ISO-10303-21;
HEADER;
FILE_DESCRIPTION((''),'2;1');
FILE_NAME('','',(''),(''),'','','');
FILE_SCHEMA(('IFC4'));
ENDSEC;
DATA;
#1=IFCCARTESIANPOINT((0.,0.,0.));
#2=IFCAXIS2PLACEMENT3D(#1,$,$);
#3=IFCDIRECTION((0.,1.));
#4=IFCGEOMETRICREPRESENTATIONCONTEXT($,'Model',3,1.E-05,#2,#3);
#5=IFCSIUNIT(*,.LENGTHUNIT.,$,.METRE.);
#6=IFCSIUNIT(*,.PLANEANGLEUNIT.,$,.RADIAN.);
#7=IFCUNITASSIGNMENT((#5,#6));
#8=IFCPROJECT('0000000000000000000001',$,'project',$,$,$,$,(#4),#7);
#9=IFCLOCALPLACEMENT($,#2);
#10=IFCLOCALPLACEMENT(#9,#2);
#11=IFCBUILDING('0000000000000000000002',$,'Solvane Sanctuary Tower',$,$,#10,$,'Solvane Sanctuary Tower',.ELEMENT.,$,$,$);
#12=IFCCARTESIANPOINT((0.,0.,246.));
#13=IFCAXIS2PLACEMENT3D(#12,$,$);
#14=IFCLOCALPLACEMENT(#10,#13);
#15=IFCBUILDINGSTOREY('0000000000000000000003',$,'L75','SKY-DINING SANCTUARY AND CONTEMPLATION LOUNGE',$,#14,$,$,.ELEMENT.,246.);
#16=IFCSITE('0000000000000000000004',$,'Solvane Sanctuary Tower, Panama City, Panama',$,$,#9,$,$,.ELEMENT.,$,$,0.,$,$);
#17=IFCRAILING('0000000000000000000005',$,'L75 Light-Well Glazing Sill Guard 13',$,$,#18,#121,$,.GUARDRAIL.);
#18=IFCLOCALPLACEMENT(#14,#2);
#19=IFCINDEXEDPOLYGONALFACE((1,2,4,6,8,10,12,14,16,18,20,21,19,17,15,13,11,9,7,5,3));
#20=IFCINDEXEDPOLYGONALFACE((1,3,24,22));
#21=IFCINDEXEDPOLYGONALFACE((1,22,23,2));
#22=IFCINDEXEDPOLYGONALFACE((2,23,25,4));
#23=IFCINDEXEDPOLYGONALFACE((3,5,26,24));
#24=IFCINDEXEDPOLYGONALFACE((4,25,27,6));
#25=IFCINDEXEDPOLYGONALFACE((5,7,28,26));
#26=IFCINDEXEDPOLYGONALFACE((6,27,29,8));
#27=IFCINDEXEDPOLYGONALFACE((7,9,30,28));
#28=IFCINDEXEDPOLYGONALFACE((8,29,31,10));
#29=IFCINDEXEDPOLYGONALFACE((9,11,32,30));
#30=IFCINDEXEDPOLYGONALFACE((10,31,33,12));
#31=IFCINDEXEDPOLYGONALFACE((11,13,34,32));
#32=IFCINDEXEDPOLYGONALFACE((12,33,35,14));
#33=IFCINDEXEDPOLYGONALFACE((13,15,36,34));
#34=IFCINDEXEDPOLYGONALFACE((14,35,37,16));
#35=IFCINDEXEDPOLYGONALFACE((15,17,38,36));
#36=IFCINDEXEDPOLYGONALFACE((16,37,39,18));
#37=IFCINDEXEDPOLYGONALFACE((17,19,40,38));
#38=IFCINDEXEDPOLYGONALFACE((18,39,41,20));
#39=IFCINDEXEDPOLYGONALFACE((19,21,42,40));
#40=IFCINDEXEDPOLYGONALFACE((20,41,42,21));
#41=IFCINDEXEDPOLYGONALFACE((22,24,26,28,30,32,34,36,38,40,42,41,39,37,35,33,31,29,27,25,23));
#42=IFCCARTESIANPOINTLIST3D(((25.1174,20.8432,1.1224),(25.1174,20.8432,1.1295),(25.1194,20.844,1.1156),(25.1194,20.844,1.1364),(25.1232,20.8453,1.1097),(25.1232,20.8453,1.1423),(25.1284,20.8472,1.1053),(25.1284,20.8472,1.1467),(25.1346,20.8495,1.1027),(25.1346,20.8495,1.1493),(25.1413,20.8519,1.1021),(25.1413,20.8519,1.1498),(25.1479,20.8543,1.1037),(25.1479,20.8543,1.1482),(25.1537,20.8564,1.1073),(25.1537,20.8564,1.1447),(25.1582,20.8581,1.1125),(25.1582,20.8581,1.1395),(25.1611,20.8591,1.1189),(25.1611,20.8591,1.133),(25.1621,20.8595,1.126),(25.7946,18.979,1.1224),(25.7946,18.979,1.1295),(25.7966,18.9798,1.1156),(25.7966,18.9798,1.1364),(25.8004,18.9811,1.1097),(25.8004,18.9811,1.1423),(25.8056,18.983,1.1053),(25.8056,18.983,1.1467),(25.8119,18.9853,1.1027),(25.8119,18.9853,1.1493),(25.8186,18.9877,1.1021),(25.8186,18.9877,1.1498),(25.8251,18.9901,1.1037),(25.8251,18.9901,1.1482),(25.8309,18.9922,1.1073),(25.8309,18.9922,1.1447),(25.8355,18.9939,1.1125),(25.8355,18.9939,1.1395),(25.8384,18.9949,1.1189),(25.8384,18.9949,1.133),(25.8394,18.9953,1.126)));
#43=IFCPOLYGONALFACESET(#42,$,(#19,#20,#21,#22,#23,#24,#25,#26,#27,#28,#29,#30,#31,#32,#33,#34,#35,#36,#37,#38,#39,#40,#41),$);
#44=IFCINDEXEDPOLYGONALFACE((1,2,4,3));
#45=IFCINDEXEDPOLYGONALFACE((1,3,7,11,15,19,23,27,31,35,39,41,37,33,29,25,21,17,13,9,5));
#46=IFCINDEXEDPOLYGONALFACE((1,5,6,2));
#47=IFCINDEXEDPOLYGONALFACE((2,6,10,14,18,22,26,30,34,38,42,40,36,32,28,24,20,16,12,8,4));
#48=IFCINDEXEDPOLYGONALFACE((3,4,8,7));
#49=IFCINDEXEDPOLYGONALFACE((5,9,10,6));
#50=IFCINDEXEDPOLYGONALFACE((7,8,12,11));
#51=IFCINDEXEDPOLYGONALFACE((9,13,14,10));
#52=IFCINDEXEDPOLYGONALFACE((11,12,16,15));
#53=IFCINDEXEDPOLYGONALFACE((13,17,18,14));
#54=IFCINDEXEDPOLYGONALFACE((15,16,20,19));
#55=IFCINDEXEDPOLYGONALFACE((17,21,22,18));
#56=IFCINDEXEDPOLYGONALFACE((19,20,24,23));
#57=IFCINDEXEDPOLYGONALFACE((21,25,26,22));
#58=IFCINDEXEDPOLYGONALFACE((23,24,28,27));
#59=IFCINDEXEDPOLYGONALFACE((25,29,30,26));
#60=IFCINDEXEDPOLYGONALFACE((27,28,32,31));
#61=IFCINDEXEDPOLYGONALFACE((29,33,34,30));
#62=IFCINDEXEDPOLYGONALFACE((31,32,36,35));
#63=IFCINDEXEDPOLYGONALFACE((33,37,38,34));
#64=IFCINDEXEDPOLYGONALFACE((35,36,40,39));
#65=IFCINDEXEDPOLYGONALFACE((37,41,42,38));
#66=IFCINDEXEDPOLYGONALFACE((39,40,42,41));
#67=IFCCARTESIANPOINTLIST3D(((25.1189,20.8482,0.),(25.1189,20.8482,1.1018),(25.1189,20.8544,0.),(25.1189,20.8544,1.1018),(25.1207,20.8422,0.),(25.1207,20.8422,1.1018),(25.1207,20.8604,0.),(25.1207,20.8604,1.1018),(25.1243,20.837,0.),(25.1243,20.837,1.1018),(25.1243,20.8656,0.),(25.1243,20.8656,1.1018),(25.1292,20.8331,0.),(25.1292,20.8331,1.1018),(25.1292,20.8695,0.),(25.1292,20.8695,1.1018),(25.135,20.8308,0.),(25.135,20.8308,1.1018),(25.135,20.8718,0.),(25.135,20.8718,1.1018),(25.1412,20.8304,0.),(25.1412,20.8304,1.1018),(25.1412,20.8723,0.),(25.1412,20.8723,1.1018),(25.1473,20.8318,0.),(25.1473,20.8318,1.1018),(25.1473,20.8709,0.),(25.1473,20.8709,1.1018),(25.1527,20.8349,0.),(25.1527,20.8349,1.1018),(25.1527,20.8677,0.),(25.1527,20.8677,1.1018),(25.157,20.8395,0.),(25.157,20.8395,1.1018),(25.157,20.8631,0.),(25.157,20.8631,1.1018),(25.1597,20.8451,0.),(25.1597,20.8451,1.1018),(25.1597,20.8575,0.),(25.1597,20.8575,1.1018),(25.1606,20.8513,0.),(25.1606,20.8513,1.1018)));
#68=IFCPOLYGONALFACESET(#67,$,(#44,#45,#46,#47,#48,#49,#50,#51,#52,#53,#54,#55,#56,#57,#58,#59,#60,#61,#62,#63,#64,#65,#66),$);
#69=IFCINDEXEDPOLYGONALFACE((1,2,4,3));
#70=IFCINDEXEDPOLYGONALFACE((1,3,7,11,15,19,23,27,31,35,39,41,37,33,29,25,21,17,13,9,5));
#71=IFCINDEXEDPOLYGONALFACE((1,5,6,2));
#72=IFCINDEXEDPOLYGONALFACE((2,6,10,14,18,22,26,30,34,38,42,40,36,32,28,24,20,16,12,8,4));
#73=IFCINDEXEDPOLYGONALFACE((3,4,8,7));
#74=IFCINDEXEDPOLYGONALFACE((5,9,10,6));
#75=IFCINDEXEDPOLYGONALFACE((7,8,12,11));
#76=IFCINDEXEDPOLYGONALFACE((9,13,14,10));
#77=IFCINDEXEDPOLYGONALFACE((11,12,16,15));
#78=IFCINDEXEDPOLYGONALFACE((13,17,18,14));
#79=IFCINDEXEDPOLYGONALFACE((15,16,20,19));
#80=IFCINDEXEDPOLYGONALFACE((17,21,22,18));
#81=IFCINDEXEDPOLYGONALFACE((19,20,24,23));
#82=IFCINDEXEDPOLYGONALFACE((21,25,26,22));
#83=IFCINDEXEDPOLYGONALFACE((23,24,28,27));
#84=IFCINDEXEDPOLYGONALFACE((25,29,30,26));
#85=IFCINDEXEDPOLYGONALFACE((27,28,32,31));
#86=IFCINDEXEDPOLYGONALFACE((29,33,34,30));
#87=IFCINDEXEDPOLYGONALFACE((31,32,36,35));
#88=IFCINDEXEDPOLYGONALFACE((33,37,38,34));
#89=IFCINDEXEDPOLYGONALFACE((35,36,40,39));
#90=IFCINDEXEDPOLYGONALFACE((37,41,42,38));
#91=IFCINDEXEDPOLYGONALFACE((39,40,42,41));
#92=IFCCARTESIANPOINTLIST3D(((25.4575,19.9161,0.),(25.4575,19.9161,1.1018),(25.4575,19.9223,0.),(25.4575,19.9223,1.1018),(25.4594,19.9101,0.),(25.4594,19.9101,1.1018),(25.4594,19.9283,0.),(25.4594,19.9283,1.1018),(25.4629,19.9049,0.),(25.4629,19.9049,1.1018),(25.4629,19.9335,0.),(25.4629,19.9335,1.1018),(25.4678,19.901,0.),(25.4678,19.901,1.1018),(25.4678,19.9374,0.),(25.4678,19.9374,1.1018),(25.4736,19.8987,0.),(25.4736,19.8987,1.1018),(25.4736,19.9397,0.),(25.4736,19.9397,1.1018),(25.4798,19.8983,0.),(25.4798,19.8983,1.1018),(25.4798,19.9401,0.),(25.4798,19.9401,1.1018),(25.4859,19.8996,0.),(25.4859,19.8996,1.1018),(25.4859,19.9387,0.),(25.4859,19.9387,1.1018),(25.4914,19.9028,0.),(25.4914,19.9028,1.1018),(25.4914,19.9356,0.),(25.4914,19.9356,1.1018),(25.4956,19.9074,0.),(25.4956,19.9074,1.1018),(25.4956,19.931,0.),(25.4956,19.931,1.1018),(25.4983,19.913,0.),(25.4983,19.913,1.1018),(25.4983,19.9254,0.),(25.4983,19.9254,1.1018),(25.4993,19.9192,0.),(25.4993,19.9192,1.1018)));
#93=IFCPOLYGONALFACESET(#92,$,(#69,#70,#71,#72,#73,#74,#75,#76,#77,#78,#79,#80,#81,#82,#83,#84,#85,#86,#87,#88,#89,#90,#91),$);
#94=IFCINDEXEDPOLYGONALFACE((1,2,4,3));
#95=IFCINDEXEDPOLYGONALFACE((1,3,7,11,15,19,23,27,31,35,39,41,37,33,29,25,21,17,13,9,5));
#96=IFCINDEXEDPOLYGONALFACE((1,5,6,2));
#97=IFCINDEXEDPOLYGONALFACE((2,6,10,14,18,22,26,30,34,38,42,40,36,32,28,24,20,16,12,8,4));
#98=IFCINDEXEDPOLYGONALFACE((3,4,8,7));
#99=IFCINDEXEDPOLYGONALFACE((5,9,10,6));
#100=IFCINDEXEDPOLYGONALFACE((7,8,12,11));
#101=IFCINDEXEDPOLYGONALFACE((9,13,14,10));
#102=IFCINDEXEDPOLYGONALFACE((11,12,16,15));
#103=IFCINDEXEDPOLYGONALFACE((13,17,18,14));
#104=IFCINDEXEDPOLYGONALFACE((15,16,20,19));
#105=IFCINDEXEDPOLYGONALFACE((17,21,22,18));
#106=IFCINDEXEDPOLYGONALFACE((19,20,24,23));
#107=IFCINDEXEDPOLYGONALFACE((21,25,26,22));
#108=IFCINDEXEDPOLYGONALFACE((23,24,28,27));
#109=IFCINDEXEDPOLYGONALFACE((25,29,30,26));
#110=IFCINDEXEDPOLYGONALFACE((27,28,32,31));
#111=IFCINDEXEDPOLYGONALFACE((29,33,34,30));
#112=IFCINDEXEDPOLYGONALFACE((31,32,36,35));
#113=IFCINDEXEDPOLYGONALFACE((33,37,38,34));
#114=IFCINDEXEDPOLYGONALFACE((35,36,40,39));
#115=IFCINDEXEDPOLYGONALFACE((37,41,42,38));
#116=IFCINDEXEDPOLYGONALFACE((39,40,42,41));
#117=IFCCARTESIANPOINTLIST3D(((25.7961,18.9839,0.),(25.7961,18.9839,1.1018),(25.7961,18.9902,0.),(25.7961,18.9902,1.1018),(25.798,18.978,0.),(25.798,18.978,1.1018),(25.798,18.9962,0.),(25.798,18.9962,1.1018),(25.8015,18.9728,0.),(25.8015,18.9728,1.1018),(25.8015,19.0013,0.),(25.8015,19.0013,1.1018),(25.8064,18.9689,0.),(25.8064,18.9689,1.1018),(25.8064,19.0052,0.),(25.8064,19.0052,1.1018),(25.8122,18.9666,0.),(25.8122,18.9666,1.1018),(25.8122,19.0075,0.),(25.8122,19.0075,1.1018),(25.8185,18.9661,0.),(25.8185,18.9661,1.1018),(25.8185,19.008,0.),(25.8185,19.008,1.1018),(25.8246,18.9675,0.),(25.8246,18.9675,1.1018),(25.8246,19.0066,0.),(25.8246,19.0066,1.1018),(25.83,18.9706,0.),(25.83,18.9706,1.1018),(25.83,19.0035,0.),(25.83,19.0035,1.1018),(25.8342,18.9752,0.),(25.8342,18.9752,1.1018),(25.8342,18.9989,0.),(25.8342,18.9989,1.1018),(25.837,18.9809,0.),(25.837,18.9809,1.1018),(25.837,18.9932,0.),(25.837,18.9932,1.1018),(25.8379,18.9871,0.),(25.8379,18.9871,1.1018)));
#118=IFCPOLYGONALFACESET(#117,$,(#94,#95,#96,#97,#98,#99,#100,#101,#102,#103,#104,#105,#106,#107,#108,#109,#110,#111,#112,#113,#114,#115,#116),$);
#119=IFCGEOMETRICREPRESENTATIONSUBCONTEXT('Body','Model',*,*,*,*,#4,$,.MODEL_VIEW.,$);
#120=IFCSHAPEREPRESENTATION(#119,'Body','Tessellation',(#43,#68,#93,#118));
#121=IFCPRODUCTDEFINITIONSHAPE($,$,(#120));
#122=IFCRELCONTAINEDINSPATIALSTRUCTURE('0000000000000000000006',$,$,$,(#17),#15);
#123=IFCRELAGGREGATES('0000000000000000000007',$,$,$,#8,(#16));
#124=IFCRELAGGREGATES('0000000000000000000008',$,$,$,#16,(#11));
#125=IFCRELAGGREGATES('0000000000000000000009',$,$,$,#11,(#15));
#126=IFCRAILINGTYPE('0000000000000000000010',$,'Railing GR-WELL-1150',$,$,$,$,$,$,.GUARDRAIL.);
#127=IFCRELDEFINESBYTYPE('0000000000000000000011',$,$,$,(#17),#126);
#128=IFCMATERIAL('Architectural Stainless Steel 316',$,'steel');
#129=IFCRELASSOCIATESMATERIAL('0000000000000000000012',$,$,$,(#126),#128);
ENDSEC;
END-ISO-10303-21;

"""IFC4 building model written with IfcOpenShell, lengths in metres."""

from ifc_helpers import new_model, si_unit, direction, frame, origin, origin_2d, place, context, subcontext, project, spatial, circle, extrude, material, type_object, element, save


model = new_model("IFC4")

# Units and contexts
model_context = context("Model", 3, precision=1e-05, world=origin(), true_north=direction((0.0, 1.0)))
body_context = subcontext(model_context, "Body", "Model", "MODEL_VIEW")
ifc_project = project(units=[si_unit("LENGTHUNIT", "METRE"), si_unit("PLANEANGLEUNIT", "RADIAN")], contexts=[model_context])

# Site, building, storey
site_placement = place(None, origin())
site = spatial("IfcSite", under=ifc_project, at=site_placement, Name="Solvane Sanctuary Tower, Panama City, Panama", CompositionType="ELEMENT", RefElevation=0.0)
building_placement = place(site_placement, origin())
building = spatial("IfcBuilding", under=site, at=building_placement, Name="Solvane Sanctuary Tower", LongName="Solvane Sanctuary Tower", CompositionType="ELEMENT")
storey_placement = place(building_placement, frame((0.0, 0.0, 246.0)))
storey = spatial("IfcBuildingStorey", under=building, at=storey_placement, Name="L75", Description="SKY-DINING SANCTUARY AND CONTEMPLATION LOUNGE", CompositionType="ELEMENT", Elevation=246.0)

# Shared definitions
ifc_material_1 = material(Name="Architectural Stainless Steel 316", Category="steel")

# Railing
railing_type = type_object("IfcRailingType", Name="Railing GR-WELL-1150", PredefinedType="GUARDRAIL", material=ifc_material_1)
railing_placement = place(storey_placement, frame((25.1396, 20.8513, 0.0)))
element("IfcRailing", 1, at=railing_placement, inside=storey, type_object=railing_type, Name="L75 Light-Well Glazing Sill Guard 13", PredefinedType="GUARDRAIL", context=body_context, shape_type="SweptSolid", body=[
    extrude(circle(Radius=0.0239, at=origin_2d()), frame((0.0, 0.0, 1.126), z_axis=(0.341447, -0.939901, 0.0), x_axis=(0.939901, 0.341447, 0.0)), (0.0, 0.0, 1.0), 1.9834),
    extrude(circle(Radius=0.021, at=origin_2d()), origin(), (0.0, 0.0, 1.0), 1.1018),
    extrude(circle(Radius=0.021, at=origin_2d()), frame((0.3386, -0.9321, 0.0)), (0.0, 0.0, 1.0), 1.1018),
    extrude(circle(Radius=0.021, at=origin_2d()), frame((0.6772, -1.8643, 0.0)), (0.0, 0.0, 1.0), 1.1018),
])

save(model, "model.ifc")
